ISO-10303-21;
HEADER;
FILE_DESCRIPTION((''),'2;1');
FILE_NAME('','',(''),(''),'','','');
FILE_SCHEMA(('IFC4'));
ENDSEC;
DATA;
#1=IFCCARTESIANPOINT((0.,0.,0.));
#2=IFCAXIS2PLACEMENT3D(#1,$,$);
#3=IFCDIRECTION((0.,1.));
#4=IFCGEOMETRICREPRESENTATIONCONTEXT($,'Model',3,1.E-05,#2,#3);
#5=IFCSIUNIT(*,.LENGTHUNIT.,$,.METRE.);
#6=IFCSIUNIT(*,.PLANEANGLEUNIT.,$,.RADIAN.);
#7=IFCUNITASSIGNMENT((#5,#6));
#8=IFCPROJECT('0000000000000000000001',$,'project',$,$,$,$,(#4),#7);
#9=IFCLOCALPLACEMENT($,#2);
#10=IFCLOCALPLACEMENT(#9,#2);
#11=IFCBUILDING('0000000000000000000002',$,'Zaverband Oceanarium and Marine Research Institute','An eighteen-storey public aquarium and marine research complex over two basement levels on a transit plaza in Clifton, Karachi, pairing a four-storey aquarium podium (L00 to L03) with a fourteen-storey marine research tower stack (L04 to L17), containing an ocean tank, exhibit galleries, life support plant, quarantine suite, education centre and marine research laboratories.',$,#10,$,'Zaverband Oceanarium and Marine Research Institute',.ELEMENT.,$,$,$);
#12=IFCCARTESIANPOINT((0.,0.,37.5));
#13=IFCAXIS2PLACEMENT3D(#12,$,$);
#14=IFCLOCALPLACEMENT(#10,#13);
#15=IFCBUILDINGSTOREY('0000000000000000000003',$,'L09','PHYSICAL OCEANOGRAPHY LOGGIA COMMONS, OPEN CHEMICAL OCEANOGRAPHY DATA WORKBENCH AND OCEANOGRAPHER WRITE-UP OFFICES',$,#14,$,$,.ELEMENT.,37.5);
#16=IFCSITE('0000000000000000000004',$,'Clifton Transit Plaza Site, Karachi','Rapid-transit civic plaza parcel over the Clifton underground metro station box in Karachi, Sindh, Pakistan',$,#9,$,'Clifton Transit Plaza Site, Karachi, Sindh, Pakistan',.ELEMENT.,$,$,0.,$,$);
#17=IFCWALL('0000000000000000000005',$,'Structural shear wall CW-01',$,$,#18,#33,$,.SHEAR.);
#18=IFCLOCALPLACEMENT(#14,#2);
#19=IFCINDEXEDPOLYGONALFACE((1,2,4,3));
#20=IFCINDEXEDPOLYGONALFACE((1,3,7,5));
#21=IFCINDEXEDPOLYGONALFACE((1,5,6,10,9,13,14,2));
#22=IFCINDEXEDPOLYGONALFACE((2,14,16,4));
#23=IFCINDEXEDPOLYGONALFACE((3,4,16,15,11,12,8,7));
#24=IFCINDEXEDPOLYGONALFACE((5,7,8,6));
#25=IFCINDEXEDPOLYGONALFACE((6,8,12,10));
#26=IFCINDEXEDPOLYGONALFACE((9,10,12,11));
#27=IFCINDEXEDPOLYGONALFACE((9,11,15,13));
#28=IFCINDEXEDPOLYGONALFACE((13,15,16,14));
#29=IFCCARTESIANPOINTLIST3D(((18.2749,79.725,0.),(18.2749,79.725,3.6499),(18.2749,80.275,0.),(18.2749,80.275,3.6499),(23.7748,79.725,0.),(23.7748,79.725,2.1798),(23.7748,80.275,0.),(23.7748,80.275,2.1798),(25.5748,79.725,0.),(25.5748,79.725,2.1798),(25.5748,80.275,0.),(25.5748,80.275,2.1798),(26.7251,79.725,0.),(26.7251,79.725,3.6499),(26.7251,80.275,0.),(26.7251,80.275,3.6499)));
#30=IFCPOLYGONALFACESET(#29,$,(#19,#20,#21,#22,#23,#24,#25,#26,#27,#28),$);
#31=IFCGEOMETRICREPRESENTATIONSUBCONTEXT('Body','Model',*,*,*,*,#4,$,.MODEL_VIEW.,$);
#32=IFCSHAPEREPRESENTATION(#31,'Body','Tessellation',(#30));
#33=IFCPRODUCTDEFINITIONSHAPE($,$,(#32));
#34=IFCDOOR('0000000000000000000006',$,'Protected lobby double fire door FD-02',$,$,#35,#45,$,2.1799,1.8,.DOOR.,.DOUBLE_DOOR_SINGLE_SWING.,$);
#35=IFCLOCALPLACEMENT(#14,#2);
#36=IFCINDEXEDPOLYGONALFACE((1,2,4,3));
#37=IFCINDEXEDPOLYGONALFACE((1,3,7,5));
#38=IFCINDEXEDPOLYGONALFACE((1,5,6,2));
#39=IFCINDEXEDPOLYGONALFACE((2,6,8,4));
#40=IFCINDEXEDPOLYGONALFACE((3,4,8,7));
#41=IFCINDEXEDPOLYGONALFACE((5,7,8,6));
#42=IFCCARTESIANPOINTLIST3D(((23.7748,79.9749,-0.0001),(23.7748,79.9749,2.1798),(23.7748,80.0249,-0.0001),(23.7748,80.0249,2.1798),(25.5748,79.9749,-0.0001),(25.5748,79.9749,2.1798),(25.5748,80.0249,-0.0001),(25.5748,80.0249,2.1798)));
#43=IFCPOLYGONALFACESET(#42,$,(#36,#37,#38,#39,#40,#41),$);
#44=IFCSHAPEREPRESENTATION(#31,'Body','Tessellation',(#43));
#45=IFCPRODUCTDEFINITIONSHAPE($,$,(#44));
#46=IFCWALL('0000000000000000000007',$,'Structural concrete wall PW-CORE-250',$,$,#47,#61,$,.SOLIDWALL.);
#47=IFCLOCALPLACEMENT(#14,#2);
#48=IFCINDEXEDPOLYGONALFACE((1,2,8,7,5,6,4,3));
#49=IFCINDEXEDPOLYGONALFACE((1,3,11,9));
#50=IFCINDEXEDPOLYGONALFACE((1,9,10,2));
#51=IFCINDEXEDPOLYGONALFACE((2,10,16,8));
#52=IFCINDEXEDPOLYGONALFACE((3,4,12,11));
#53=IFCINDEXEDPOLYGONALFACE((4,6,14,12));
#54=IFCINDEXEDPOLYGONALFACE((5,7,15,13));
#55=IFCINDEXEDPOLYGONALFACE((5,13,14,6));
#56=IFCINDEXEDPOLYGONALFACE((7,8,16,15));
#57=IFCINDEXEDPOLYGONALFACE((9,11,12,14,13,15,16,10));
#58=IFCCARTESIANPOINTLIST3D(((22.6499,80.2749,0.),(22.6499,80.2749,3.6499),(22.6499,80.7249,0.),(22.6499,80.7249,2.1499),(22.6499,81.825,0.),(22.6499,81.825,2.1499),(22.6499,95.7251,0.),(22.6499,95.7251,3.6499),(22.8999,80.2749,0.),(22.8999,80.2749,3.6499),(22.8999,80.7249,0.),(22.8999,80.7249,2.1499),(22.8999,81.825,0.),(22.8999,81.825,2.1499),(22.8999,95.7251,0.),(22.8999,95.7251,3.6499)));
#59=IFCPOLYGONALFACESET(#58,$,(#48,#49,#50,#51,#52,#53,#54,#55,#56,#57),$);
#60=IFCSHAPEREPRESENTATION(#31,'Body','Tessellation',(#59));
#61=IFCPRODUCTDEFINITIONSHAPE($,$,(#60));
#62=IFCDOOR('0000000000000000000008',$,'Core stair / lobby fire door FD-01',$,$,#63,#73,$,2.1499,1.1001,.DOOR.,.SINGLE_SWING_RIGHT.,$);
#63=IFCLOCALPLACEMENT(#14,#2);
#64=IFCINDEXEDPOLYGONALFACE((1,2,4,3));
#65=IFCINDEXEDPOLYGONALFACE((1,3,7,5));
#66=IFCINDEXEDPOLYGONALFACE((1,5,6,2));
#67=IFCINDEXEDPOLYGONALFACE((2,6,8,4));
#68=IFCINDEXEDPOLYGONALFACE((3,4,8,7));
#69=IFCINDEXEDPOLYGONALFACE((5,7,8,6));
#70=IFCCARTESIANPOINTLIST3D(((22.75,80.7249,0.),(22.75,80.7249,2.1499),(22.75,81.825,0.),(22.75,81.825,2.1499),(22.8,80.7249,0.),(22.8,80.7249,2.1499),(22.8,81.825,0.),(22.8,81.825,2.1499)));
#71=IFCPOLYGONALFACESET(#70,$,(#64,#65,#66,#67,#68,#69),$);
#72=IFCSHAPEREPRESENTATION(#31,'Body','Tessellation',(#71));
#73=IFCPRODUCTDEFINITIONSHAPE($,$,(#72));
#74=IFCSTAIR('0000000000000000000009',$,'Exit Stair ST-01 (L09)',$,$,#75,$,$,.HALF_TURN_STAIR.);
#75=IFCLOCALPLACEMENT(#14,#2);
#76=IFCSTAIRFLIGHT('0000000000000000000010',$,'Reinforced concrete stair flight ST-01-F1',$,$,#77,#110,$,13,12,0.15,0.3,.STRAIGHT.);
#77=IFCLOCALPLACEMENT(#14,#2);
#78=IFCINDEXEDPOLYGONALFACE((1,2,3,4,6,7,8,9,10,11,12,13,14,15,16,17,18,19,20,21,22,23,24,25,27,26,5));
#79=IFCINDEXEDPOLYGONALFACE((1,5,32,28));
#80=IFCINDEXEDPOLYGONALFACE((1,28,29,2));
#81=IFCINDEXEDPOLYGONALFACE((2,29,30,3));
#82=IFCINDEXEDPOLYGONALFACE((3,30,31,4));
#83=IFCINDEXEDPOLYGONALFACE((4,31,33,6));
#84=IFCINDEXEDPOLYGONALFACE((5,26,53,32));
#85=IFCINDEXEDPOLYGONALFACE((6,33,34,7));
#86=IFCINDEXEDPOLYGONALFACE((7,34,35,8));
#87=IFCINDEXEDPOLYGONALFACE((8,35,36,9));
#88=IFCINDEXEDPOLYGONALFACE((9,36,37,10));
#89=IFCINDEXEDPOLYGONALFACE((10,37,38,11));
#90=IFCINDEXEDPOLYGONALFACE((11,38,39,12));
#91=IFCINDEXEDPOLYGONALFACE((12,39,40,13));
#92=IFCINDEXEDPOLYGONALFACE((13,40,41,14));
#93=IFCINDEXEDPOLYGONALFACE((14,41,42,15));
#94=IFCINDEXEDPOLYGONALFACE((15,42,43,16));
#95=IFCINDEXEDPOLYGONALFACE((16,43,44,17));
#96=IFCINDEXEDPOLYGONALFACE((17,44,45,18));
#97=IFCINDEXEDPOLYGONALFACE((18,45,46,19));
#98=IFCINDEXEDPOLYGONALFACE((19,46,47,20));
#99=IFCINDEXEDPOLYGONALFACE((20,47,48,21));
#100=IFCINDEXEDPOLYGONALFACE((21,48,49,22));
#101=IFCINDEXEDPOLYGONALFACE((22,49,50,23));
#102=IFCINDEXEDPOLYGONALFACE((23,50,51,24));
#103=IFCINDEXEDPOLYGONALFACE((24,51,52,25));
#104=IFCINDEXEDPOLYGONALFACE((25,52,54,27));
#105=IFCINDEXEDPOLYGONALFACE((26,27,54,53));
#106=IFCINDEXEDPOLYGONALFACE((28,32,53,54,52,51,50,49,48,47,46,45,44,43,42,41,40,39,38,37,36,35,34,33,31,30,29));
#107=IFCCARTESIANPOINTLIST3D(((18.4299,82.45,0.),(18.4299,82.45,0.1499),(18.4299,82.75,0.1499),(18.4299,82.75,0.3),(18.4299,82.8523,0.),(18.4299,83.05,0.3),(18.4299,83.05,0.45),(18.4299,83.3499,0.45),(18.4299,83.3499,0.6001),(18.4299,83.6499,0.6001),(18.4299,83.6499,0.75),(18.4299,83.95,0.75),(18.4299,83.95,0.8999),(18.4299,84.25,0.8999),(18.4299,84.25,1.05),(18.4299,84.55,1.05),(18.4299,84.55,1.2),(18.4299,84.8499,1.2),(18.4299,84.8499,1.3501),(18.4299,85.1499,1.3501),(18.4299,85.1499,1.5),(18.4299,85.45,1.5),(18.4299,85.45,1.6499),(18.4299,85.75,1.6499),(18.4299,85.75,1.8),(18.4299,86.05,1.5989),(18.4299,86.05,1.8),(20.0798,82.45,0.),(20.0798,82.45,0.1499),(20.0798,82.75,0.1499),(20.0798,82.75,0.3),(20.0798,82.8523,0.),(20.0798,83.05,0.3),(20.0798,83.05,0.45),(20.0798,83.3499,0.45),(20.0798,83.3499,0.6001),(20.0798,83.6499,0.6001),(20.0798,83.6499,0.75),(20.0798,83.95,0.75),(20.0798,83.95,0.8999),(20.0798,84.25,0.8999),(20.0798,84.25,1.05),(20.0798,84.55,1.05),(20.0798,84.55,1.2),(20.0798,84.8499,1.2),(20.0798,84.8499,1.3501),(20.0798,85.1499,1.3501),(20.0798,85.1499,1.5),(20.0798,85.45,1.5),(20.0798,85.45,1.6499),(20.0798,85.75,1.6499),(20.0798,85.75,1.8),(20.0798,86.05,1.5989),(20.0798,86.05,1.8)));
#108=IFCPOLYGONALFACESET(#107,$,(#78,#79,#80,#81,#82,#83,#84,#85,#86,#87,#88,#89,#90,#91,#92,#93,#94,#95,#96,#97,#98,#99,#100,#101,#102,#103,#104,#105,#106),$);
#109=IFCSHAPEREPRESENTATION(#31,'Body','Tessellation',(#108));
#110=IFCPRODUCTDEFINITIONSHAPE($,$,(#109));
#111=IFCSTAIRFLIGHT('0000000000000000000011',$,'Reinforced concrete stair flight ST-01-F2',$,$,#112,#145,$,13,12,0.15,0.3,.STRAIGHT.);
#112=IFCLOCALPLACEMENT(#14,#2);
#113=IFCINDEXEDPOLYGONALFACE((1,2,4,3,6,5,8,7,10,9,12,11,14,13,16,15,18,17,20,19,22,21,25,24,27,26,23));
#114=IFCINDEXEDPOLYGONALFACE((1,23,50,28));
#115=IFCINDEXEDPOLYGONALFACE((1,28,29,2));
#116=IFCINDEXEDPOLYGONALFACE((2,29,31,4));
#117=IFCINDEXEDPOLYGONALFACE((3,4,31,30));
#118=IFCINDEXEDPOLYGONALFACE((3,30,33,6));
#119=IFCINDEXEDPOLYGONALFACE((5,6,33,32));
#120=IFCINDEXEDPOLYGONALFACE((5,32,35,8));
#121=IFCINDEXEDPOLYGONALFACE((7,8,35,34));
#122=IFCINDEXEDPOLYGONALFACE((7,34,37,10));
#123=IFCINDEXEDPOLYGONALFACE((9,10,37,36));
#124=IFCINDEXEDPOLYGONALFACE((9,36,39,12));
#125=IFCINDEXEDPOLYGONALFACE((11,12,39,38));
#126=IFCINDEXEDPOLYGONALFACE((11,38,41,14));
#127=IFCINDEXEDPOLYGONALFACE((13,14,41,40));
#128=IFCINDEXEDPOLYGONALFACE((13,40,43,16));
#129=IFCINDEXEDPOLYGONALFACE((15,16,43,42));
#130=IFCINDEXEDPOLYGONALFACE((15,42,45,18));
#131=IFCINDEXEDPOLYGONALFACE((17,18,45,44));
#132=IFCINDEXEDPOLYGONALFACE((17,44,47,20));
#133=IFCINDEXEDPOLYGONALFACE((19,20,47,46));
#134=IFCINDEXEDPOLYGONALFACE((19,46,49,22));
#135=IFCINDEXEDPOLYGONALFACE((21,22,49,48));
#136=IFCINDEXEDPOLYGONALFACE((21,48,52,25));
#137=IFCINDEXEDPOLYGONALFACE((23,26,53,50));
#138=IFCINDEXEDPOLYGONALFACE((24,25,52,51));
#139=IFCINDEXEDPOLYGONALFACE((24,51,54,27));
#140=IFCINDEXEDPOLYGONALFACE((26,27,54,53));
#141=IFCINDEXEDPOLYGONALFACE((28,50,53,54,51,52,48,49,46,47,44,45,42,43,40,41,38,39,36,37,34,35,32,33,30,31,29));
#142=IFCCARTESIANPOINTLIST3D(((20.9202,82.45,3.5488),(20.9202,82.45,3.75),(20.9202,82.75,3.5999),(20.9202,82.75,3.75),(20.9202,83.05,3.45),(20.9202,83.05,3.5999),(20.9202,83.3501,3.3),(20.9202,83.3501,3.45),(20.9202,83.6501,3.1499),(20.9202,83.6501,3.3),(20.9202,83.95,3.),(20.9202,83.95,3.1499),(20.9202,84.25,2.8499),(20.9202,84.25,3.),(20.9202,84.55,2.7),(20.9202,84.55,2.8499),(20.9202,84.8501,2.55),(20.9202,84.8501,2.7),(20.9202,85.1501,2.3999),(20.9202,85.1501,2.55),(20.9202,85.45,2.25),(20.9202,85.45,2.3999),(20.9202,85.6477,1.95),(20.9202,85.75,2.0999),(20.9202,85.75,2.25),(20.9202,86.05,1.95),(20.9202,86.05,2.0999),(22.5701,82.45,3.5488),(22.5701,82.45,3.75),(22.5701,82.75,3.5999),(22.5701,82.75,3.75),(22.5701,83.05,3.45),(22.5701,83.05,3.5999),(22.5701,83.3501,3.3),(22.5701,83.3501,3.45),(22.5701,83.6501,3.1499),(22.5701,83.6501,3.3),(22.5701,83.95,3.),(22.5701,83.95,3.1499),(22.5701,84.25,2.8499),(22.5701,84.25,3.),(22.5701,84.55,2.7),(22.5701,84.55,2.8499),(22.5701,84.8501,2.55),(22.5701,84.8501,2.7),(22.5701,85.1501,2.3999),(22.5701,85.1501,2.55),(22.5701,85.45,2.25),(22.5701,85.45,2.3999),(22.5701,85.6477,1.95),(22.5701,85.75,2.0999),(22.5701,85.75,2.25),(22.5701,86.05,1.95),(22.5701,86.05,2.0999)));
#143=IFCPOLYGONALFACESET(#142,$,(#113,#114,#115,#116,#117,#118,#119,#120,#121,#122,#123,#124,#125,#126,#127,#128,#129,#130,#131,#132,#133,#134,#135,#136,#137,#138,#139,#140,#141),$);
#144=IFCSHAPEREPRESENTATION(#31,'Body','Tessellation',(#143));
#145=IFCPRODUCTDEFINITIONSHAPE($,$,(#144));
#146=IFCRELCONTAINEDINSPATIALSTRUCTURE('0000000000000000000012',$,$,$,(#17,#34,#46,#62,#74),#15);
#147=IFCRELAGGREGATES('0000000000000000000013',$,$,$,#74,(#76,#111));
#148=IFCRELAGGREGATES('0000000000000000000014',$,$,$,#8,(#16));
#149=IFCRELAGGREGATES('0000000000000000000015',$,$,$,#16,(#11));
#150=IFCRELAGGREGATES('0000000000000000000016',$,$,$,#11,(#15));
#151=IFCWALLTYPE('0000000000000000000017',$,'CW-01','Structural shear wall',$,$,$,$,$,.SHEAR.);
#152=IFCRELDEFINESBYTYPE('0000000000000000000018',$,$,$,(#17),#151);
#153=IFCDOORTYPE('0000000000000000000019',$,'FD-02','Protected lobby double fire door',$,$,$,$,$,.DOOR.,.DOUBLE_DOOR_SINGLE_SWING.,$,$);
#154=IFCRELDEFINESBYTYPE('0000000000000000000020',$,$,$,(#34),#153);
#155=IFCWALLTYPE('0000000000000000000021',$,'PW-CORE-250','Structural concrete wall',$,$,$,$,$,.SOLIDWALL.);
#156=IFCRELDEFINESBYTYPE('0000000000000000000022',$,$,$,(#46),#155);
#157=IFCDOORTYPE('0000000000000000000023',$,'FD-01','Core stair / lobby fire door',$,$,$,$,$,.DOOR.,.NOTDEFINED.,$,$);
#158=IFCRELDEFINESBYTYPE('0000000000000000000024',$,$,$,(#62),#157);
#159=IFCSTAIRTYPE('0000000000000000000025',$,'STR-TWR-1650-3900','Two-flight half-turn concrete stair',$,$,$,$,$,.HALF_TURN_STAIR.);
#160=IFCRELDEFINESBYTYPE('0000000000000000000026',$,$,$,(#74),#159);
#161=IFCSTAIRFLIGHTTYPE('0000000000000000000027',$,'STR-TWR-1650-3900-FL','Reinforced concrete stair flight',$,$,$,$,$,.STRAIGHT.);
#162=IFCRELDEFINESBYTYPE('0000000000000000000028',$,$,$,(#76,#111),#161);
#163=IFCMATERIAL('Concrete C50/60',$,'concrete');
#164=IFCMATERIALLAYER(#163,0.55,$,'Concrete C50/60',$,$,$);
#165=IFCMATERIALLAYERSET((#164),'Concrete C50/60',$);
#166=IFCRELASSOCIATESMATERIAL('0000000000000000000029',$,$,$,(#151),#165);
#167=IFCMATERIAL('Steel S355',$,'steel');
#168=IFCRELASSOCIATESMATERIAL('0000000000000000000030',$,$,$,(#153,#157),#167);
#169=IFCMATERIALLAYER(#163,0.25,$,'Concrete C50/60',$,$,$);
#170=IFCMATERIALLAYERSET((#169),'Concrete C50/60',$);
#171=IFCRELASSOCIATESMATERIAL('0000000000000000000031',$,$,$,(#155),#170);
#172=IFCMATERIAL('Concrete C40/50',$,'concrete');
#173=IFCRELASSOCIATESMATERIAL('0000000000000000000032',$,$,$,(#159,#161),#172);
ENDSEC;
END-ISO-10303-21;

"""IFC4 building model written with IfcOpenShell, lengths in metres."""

from ifc_helpers import new_model, si_unit, direction, frame, frame_2d, origin, place, context, subcontext, project, spatial, polyline, rectangle, outline, extrude, material, layer, layer_set, type_object, element, fill, aggregate, save


model = new_model("IFC4")

# Units and contexts
model_context = context("Model", 3, precision=1e-05, world=origin(), true_north=direction((0.0, 1.0)))
body_context = subcontext(model_context, "Body", "Model", "MODEL_VIEW")
ifc_project = project(units=[si_unit("LENGTHUNIT", "METRE"), si_unit("PLANEANGLEUNIT", "RADIAN")], contexts=[model_context])

# Site, building, storey
site_placement = place(None, origin())
site = spatial("IfcSite", under=ifc_project, at=site_placement, Name="Clifton Transit Plaza Site, Karachi", Description="Rapid-transit civic plaza parcel over the Clifton underground metro station box in Karachi, Sindh, Pakistan", LongName="Clifton Transit Plaza Site, Karachi, Sindh, Pakistan", CompositionType="ELEMENT", RefElevation=0.0)
building_placement = place(site_placement, origin())
building = spatial("IfcBuilding", under=site, at=building_placement, Name="Zaverband Oceanarium and Marine Research Institute", Description="An eighteen-storey public aquarium and marine research complex over two basement levels on a transit plaza in Clifton, Karachi, pairing a four-storey aquarium podium (L00 to L03) with a fourteen-storey marine research tower stack (L04 to L17), containing an ocean tank, exhibit galleries, life support plant, quarantine suite, education centre and marine research laboratories.", LongName="Zaverband Oceanarium and Marine Research Institute", CompositionType="ELEMENT")
storey_placement = place(building_placement, frame((0.0, 0.0, 37.5)))
storey = spatial("IfcBuildingStorey", under=building, at=storey_placement, Name="L09", Description="PHYSICAL OCEANOGRAPHY LOGGIA COMMONS, OPEN CHEMICAL OCEANOGRAPHY DATA WORKBENCH AND OCEANOGRAPHER WRITE-UP OFFICES", CompositionType="ELEMENT", Elevation=37.5)

# Shared definitions
ifc_material_1 = material(Name="Concrete C50/60", Category="concrete")

# Shared definitions
ifc_material_2 = material(Name="Concrete C40/50", Category="concrete")

# Wall, opening, door
ifc_layer_1 = layer(ifc_material_1, 0.55, Name="Concrete C50/60")
ifc_layer_set_1 = layer_set([ifc_layer_1], Name="Concrete C50/60")
wall_type_1 = type_object("IfcWallType", Name="CW-01", Description="Structural shear wall", PredefinedType="SHEAR", material=ifc_layer_set_1)
wall_1_placement = place(storey_placement, frame((18.2749, 80.0, 0.0), z_axis=(0.0, 0.0, 1.0), x_axis=(1.0, 0.0, 0.0)))
wall_1 = element("IfcWall", 1, at=wall_1_placement, inside=storey, type_object=wall_type_1, Name="Structural shear wall CW-01", PredefinedType="SHEAR", context=body_context, shape_type="SweptSolid", body=[
    extrude(rectangle(XDim=8.4502, YDim=0.55, at=frame_2d((4.2251, 0.0))), origin(), (0.0, 0.0, 1.0), 3.6499),
])
opening_1_placement = place(wall_1_placement, frame((5.5, 0.0, 0.0)))
opening_1 = element("IfcOpeningElement", 2, at=opening_1_placement, cuts=wall_1, PredefinedType="OPENING", context=body_context, shape_type="SweptSolid", body=[
    extrude(rectangle(XDim=1.8, YDim=2.1799, at=frame_2d((0.8999, 1.0898))), frame((0.0, 0.2871, 0.0), z_axis=(0.0, -1.0, 0.0), x_axis=(1.0, 0.0, 0.0)), (0.0, 0.0, 1.0), 0.574),
])
ifc_material_3 = material(Name="Steel S355", Category="steel")
door_type_1 = type_object("IfcDoorType", Name="FD-02", Description="Protected lobby double fire door", OperationType="DOUBLE_DOOR_SINGLE_SWING", PredefinedType="DOOR", material=ifc_material_3)
door_1_placement = place(opening_1_placement, origin())
door_1 = element("IfcDoor", 3, at=door_1_placement, inside=storey, type_object=door_type_1, Name="Protected lobby double fire door FD-02", OperationType="DOUBLE_DOOR_SINGLE_SWING", OverallHeight=2.1799, OverallWidth=1.8, PredefinedType="DOOR", context=body_context, shape_type="SweptSolid", body=[
    extrude(rectangle(XDim=1.8, YDim=2.1799, at=frame_2d((0.8999, 1.0898))), frame((0.0, 0.0249, 0.0), z_axis=(0.0, -1.0, 0.0), x_axis=(1.0, 0.0, 0.0)), (0.0, 0.0, 1.0), 0.05),
])
fill(opening_1, door_1)

# Wall, opening, door
ifc_layer_2 = layer(ifc_material_1, 0.25, Name="Concrete C50/60")
ifc_layer_set_2 = layer_set([ifc_layer_2], Name="Concrete C50/60")
wall_type_2 = type_object("IfcWallType", Name="PW-CORE-250", Description="Structural concrete wall", PredefinedType="SOLIDWALL", material=ifc_layer_set_2)
wall_2_placement = place(storey_placement, frame((22.7749, 80.2749, 0.0), z_axis=(0.0, 0.0, 1.0), x_axis=(0.0, 1.0, 0.0)))
wall_2 = element("IfcWall", 4, at=wall_2_placement, inside=storey, type_object=wall_type_2, Name="Structural concrete wall PW-CORE-250", PredefinedType="SOLIDWALL", context=body_context, shape_type="SweptSolid", body=[
    extrude(rectangle(XDim=15.4502, YDim=0.25, at=frame_2d((7.7251, 0.0))), origin(), (0.0, 0.0, 1.0), 3.6499),
])
opening_2_placement = place(wall_2_placement, frame((0.45, 0.0, 0.0)))
opening_2 = element("IfcOpeningElement", 5, at=opening_2_placement, cuts=wall_2, PredefinedType="OPENING", context=body_context, shape_type="SweptSolid", body=[
    extrude(rectangle(XDim=1.1001, YDim=2.1499, at=frame_2d((0.55, 1.075))), frame((0.0, 0.137, 0.0), z_axis=(0.0, -1.0, 0.0), x_axis=(1.0, 0.0, 0.0)), (0.0, 0.0, 1.0), 0.2739),
])
door_type_2 = type_object("IfcDoorType", Name="FD-01", Description="Core stair / lobby fire door", OperationType="NOTDEFINED", PredefinedType="DOOR", material=ifc_material_3)
door_2_placement = place(opening_2_placement, origin())
door_2 = element("IfcDoor", 6, at=door_2_placement, inside=storey, type_object=door_type_2, Name="Core stair / lobby fire door FD-01", OperationType="SINGLE_SWING_RIGHT", OverallHeight=2.1499, OverallWidth=1.1001, PredefinedType="DOOR", context=body_context, shape_type="SweptSolid", body=[
    extrude(rectangle(XDim=1.1001, YDim=2.1499, at=frame_2d((0.55, 1.075))), frame((0.0, 0.0249, 0.0), z_axis=(0.0, -1.0, 0.0), x_axis=(1.0, 0.0, 0.0)), (0.0, 0.0, 1.0), 0.05),
])
fill(opening_2, door_2)

# Stair, stair flights
stair_type = type_object("IfcStairType", Name="STR-TWR-1650-3900", Description="Two-flight half-turn concrete stair", PredefinedType="HALF_TURN_STAIR", material=ifc_material_2)
stair_placement = place(storey_placement, origin())
stair = element("IfcStair", 7, at=stair_placement, inside=storey, type_object=stair_type, Name="Exit Stair ST-01 (L09)", PredefinedType="HALF_TURN_STAIR")
stair_flight_type = type_object("IfcStairFlightType", Name="STR-TWR-1650-3900-FL", Description="Reinforced concrete stair flight", PredefinedType="STRAIGHT", material=ifc_material_2)
stair_flight_1_placement = place(storey_placement, frame((19.2549, 82.45, 0.0), z_axis=(0.0, 0.0, 1.0), x_axis=(0.0, 1.0, 0.0)))
stair_flight_1 = element("IfcStairFlight", 8, at=stair_flight_1_placement, type_object=stair_flight_type, Name="Reinforced concrete stair flight ST-01-F1", NumberOfRisers=13, NumberOfTreads=12, PredefinedType="STRAIGHT", RiserHeight=0.15, TreadLength=0.3, context=body_context, shape_type="SweptSolid", body=[
    extrude(outline(polyline([(0.0, 0.0), (0.0, 0.1499), (0.3, 0.1499), (0.3, 0.3), (0.6001, 0.3), (0.6001, 0.45), (0.8999, 0.45), (0.8999, 0.6001), (1.2, 0.6001), (1.2, 0.75), (1.5, 0.75), (1.5, 0.8999), (1.8, 0.8999), (1.8, 1.05), (2.1001, 1.05), (2.1001, 1.2), (2.3999, 1.2), (2.3999, 1.3501), (2.7, 1.3501), (2.7, 1.5), (3.0, 1.5), (3.0, 1.6499), (3.3, 1.6499), (3.3, 1.8), (3.6001, 1.8), (3.6001, 1.95), (3.6001, 1.5989), (0.4023, 0.0), (0.0, 0.0)])), frame((0.0, 0.825, 0.0), z_axis=(0.0, -1.0, 0.0), x_axis=(1.0, 0.0, 0.0)), (0.0, 0.0, 1.0), 1.6499),
])
stair_flight_2_placement = place(storey_placement, frame((21.7451, 86.05, 1.95), z_axis=(0.0, 0.0, 1.0), x_axis=(0.0, -1.0, 0.0)))
stair_flight_2 = element("IfcStairFlight", 9, at=stair_flight_2_placement, type_object=stair_flight_type, Name="Reinforced concrete stair flight ST-01-F2", NumberOfRisers=13, NumberOfTreads=12, PredefinedType="STRAIGHT", RiserHeight=0.15, TreadLength=0.3, context=body_context, shape_type="SweptSolid", body=[
    extrude(outline(polyline([(0.0, 0.0), (0.0, 0.1499), (0.3, 0.1499), (0.3, 0.3), (0.6001, 0.3), (0.6001, 0.45), (0.8999, 0.45), (0.8999, 0.6001), (1.2, 0.6001), (1.2, 0.75), (1.5, 0.75), (1.5, 0.8999), (1.8, 0.8999), (1.8, 1.05), (2.1001, 1.05), (2.1001, 1.2), (2.3999, 1.2), (2.3999, 1.3501), (2.7, 1.3501), (2.7, 1.5), (3.0, 1.5), (3.0, 1.6499), (3.3, 1.6499), (3.3, 1.8), (3.6001, 1.8), (3.6001, 1.95), (3.6001, 1.5989), (0.4023, 0.0), (0.0, 0.0)])), frame((0.0, 0.825, 0.0), z_axis=(0.0, -1.0, 0.0), x_axis=(1.0, 0.0, 0.0)), (0.0, 0.0, 1.0), 1.6499),
])
aggregate(stair, [stair_flight_1, stair_flight_2])

save(model, "model.ifc")
